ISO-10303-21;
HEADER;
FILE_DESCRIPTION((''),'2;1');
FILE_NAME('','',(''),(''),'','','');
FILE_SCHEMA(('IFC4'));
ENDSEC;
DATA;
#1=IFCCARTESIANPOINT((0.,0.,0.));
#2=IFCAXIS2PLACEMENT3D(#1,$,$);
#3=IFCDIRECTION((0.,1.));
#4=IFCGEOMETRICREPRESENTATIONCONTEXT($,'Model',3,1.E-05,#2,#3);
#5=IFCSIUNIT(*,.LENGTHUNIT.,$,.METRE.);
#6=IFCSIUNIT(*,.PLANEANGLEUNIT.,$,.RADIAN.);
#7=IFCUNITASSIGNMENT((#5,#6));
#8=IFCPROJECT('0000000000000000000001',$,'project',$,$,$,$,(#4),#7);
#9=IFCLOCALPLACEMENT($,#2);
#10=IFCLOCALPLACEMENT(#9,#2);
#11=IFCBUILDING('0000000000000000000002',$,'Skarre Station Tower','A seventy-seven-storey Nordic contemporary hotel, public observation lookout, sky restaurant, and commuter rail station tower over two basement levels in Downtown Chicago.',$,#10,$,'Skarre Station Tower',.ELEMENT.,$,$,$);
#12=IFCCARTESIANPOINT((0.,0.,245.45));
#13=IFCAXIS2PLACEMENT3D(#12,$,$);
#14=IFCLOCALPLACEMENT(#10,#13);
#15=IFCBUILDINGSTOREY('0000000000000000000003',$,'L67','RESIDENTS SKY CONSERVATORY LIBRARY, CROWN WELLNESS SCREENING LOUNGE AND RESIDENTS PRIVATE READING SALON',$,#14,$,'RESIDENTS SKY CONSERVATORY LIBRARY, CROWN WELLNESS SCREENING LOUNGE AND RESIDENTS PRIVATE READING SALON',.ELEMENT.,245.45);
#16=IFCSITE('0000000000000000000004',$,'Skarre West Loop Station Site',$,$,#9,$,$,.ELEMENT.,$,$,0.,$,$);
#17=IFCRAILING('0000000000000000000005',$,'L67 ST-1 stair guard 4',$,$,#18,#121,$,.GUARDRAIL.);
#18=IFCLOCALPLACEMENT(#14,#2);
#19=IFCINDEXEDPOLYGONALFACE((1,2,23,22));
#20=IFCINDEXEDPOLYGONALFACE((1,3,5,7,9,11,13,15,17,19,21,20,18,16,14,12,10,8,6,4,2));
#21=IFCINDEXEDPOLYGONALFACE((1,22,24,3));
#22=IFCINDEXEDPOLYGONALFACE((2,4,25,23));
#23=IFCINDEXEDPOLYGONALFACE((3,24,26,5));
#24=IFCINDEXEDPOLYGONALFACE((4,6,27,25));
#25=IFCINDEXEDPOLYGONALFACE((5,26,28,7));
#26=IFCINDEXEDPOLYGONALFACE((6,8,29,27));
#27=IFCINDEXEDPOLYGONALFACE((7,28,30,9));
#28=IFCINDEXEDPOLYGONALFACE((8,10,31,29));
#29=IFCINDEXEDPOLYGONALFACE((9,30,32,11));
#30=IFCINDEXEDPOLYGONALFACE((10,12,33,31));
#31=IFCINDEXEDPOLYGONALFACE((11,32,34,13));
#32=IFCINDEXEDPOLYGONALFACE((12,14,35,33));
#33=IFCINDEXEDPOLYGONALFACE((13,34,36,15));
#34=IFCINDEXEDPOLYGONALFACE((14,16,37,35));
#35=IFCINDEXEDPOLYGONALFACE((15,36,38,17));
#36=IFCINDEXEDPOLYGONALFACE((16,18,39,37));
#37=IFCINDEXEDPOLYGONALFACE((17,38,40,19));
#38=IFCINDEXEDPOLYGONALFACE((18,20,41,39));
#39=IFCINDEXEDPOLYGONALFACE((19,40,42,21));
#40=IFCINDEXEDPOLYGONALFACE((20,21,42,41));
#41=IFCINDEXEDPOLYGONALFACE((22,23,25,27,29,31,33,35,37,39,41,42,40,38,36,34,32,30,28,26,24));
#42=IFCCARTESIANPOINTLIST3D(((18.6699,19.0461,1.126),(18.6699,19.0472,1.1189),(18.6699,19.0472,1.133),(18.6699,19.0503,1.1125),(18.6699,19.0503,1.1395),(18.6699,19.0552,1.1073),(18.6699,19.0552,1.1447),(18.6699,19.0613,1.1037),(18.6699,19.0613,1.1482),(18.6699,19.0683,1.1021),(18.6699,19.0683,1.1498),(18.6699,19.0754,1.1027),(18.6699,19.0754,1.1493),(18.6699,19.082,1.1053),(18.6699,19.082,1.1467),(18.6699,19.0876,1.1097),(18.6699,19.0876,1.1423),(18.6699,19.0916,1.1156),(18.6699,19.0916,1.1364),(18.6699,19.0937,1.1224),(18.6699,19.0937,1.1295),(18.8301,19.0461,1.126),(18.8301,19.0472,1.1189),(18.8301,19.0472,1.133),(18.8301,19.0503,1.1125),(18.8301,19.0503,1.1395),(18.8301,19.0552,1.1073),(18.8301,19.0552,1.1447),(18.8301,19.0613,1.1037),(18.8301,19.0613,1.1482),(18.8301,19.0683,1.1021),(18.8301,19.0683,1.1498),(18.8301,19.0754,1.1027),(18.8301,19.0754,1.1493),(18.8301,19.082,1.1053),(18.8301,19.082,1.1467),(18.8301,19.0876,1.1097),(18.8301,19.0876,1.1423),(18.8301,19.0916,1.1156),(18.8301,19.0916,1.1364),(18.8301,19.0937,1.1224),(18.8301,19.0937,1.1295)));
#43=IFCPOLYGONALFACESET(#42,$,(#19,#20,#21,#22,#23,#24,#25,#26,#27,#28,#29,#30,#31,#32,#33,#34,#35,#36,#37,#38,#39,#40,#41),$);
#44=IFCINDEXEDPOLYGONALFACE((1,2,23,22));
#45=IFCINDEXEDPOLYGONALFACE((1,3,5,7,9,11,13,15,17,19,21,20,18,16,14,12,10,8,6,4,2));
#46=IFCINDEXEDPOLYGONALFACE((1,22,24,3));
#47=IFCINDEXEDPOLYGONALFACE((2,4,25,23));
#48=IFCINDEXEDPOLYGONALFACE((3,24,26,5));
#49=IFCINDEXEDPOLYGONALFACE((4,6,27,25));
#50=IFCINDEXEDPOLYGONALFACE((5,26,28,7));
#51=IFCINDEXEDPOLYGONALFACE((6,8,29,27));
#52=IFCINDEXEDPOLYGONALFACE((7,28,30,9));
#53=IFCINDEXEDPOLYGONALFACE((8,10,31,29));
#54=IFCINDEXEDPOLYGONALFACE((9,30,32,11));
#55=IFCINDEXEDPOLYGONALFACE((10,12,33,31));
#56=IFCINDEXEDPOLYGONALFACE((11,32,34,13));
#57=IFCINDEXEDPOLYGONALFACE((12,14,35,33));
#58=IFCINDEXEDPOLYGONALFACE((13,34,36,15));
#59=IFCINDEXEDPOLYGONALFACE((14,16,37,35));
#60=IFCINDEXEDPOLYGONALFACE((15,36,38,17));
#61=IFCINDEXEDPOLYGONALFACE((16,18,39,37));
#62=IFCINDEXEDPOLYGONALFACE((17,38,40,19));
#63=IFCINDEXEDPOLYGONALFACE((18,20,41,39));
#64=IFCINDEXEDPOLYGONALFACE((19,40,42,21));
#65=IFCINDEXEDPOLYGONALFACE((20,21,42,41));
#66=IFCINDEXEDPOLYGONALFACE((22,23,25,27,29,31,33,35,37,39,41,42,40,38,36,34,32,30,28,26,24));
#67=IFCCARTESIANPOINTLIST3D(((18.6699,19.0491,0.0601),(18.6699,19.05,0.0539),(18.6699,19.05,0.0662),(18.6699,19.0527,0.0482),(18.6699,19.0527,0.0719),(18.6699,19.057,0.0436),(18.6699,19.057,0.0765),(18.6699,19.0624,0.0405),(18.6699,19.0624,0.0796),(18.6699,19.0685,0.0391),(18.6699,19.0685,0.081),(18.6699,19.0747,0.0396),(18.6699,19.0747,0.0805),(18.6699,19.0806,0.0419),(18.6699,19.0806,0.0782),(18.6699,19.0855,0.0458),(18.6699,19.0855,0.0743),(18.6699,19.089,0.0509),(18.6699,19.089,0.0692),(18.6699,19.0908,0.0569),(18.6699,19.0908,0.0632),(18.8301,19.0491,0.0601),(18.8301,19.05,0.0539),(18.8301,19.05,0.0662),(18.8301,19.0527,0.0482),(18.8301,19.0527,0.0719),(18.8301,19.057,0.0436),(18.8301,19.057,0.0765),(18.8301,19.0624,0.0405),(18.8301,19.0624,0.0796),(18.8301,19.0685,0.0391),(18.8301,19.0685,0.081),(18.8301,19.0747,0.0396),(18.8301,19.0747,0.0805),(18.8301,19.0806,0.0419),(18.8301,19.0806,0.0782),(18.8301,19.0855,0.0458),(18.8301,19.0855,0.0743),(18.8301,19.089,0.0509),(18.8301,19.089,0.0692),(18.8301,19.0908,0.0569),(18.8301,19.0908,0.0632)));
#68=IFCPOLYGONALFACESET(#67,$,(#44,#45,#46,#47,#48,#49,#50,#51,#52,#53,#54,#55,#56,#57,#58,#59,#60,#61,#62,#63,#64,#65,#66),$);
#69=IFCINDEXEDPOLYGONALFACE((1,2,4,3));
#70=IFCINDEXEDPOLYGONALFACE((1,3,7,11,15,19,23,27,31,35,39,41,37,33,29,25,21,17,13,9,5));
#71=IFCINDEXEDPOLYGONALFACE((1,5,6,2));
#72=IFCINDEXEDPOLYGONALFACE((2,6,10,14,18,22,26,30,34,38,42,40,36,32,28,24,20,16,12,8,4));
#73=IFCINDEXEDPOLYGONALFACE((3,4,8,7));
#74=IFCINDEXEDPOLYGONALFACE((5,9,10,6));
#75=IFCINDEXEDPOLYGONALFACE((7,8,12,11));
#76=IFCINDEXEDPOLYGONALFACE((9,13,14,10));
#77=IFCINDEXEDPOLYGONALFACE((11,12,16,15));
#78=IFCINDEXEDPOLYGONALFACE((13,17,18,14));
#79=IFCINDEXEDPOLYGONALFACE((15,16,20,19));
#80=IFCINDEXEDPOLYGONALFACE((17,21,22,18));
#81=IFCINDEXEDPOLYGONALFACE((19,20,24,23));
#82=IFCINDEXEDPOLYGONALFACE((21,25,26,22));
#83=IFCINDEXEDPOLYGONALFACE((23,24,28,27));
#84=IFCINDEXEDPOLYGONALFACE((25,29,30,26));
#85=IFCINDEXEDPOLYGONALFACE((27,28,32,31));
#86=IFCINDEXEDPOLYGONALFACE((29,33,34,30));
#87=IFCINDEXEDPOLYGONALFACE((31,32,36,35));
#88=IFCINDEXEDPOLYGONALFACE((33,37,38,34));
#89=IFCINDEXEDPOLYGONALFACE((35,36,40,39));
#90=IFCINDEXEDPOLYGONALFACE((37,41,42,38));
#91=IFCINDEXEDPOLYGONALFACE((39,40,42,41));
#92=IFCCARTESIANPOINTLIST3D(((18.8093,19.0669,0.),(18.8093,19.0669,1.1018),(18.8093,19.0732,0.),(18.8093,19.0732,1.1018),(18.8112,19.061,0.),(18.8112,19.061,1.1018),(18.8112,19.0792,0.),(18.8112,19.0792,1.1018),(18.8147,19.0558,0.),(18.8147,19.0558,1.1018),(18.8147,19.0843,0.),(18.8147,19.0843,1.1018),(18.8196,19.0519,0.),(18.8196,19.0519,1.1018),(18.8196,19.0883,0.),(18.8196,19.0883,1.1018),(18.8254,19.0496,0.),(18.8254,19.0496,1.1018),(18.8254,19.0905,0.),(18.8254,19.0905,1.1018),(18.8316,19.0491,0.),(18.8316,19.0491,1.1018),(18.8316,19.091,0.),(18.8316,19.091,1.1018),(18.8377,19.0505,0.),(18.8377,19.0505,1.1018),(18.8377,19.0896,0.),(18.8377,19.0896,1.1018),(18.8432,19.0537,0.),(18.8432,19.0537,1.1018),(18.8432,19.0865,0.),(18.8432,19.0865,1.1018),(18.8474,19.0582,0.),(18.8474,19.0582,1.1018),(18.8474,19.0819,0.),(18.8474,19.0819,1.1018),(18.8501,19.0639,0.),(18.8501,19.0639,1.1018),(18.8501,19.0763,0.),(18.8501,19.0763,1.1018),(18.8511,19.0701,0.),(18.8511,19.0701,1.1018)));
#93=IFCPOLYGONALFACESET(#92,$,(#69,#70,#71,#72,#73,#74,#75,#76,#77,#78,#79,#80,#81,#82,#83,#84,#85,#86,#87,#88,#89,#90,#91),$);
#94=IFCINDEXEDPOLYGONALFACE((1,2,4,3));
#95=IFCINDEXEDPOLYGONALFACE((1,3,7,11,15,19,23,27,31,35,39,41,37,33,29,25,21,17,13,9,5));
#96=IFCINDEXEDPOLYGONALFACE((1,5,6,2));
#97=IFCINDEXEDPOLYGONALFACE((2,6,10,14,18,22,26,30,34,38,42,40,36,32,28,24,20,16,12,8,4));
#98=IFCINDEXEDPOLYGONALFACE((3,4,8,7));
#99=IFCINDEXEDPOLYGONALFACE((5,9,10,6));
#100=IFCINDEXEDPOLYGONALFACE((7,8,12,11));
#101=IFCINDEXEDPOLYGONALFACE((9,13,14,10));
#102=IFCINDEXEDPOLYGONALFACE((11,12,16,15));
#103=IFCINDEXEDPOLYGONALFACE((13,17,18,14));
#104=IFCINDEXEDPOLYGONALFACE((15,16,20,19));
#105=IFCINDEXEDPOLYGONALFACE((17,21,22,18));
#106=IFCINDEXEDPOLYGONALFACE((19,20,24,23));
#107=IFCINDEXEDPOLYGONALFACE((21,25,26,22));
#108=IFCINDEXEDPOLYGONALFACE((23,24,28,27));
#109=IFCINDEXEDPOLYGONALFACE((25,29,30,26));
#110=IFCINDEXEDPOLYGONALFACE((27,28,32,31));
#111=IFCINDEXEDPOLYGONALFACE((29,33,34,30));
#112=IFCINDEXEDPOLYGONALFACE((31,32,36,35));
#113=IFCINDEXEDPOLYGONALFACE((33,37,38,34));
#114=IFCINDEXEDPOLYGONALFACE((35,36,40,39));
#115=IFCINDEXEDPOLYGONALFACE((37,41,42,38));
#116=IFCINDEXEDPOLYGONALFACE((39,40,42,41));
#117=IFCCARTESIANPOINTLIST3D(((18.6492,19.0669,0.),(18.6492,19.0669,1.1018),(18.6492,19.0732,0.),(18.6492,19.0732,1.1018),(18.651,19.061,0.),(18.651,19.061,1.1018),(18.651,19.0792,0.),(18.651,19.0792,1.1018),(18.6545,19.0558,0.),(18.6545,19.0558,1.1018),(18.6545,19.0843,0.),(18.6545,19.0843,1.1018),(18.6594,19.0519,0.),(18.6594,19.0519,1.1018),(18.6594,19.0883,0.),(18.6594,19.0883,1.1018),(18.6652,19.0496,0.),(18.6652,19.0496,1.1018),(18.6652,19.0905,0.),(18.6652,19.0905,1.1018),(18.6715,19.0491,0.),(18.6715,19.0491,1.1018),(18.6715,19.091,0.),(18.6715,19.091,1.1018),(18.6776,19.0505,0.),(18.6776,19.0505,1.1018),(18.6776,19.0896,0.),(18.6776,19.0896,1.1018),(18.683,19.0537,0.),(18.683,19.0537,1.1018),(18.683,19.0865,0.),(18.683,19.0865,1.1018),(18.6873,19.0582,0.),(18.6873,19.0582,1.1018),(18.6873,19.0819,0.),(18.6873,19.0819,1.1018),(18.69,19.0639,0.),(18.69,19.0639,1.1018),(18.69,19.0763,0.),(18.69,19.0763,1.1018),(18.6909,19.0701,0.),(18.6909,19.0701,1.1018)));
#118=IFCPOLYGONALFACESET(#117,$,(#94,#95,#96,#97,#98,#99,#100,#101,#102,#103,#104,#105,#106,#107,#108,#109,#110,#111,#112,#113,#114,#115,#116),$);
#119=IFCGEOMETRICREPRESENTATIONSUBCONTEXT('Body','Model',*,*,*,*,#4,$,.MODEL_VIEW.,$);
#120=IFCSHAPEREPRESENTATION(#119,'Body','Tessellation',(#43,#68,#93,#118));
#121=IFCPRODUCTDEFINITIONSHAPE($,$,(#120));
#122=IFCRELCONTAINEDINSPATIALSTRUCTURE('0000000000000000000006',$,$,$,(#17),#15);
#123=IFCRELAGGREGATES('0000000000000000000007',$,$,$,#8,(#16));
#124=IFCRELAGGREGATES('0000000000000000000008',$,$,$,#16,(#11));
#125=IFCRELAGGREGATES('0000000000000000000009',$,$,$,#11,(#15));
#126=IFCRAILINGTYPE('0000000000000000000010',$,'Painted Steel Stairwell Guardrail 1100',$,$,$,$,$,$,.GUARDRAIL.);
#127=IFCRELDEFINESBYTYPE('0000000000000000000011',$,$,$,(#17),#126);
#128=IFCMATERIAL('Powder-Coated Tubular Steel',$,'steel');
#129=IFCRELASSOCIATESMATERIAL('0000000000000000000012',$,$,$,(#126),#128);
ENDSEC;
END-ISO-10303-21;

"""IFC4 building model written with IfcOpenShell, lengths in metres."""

from ifc_helpers import new_model, si_unit, direction, frame, origin, origin_2d, place, context, subcontext, project, spatial, circle, extrude, material, type_object, element, save


model = new_model("IFC4")

# Units and contexts
model_context = context("Model", 3, precision=1e-05, world=origin(), true_north=direction((0.0, 1.0)))
body_context = subcontext(model_context, "Body", "Model", "MODEL_VIEW")
ifc_project = project(units=[si_unit("LENGTHUNIT", "METRE"), si_unit("PLANEANGLEUNIT", "RADIAN")], contexts=[model_context])

# Site, building, storey
site_placement = place(None, origin())
site = spatial("IfcSite", under=ifc_project, at=site_placement, Name="Skarre West Loop Station Site", CompositionType="ELEMENT", RefElevation=0.0)
building_placement = place(site_placement, origin())
building = spatial("IfcBuilding", under=site, at=building_placement, Name="Skarre Station Tower", Description="A seventy-seven-storey Nordic contemporary hotel, public observation lookout, sky restaurant, and commuter rail station tower over two basement levels in Downtown Chicago.", LongName="Skarre Station Tower", CompositionType="ELEMENT")
storey_placement = place(building_placement, frame((0.0, 0.0, 245.45)))
storey = spatial("IfcBuildingStorey", under=building, at=storey_placement, Name="L67", Description="RESIDENTS SKY CONSERVATORY LIBRARY, CROWN WELLNESS SCREENING LOUNGE AND RESIDENTS PRIVATE READING SALON", LongName="RESIDENTS SKY CONSERVATORY LIBRARY, CROWN WELLNESS SCREENING LOUNGE AND RESIDENTS PRIVATE READING SALON", CompositionType="ELEMENT", Elevation=245.45)

# Railing
ifc_material_1 = material(Name="Powder-Coated Tubular Steel", Category="steel")
railing_type_1 = type_object("IfcRailingType", Name="Painted Steel Stairwell Guardrail 1100", PredefinedType="GUARDRAIL", material=ifc_material_1)
railing_1_placement = place(storey_placement, frame((18.8301, 19.0701, 0.0)))
element("IfcRailing", 1, at=railing_1_placement, inside=storey, type_object=railing_type_1, Name="L67 ST-1 stair guard 4", PredefinedType="GUARDRAIL", context=body_context, shape_type="SweptSolid", body=[
    extrude(circle(Radius=0.0239, at=origin_2d()), frame((0.0, 0.0, 1.126), z_axis=(-1.0, 0.0, 0.0), x_axis=(0.0, -1.0, 0.0)), (0.0, 0.0, 1.0), 0.1602),
    extrude(circle(Radius=0.021, at=origin_2d()), frame((0.0, 0.0, 0.0601), z_axis=(-1.0, 0.0, 0.0), x_axis=(0.0, -1.0, 0.0)), (0.0, 0.0, 1.0), 0.1602),
    extrude(circle(Radius=0.021, at=origin_2d()), origin(), (0.0, 0.0, 1.0), 1.1018),
    extrude(circle(Radius=0.021, at=origin_2d()), frame((-0.1602, 0.0, 0.0)), (0.0, 0.0, 1.0), 1.1018),
])

save(model, "model.ifc")
